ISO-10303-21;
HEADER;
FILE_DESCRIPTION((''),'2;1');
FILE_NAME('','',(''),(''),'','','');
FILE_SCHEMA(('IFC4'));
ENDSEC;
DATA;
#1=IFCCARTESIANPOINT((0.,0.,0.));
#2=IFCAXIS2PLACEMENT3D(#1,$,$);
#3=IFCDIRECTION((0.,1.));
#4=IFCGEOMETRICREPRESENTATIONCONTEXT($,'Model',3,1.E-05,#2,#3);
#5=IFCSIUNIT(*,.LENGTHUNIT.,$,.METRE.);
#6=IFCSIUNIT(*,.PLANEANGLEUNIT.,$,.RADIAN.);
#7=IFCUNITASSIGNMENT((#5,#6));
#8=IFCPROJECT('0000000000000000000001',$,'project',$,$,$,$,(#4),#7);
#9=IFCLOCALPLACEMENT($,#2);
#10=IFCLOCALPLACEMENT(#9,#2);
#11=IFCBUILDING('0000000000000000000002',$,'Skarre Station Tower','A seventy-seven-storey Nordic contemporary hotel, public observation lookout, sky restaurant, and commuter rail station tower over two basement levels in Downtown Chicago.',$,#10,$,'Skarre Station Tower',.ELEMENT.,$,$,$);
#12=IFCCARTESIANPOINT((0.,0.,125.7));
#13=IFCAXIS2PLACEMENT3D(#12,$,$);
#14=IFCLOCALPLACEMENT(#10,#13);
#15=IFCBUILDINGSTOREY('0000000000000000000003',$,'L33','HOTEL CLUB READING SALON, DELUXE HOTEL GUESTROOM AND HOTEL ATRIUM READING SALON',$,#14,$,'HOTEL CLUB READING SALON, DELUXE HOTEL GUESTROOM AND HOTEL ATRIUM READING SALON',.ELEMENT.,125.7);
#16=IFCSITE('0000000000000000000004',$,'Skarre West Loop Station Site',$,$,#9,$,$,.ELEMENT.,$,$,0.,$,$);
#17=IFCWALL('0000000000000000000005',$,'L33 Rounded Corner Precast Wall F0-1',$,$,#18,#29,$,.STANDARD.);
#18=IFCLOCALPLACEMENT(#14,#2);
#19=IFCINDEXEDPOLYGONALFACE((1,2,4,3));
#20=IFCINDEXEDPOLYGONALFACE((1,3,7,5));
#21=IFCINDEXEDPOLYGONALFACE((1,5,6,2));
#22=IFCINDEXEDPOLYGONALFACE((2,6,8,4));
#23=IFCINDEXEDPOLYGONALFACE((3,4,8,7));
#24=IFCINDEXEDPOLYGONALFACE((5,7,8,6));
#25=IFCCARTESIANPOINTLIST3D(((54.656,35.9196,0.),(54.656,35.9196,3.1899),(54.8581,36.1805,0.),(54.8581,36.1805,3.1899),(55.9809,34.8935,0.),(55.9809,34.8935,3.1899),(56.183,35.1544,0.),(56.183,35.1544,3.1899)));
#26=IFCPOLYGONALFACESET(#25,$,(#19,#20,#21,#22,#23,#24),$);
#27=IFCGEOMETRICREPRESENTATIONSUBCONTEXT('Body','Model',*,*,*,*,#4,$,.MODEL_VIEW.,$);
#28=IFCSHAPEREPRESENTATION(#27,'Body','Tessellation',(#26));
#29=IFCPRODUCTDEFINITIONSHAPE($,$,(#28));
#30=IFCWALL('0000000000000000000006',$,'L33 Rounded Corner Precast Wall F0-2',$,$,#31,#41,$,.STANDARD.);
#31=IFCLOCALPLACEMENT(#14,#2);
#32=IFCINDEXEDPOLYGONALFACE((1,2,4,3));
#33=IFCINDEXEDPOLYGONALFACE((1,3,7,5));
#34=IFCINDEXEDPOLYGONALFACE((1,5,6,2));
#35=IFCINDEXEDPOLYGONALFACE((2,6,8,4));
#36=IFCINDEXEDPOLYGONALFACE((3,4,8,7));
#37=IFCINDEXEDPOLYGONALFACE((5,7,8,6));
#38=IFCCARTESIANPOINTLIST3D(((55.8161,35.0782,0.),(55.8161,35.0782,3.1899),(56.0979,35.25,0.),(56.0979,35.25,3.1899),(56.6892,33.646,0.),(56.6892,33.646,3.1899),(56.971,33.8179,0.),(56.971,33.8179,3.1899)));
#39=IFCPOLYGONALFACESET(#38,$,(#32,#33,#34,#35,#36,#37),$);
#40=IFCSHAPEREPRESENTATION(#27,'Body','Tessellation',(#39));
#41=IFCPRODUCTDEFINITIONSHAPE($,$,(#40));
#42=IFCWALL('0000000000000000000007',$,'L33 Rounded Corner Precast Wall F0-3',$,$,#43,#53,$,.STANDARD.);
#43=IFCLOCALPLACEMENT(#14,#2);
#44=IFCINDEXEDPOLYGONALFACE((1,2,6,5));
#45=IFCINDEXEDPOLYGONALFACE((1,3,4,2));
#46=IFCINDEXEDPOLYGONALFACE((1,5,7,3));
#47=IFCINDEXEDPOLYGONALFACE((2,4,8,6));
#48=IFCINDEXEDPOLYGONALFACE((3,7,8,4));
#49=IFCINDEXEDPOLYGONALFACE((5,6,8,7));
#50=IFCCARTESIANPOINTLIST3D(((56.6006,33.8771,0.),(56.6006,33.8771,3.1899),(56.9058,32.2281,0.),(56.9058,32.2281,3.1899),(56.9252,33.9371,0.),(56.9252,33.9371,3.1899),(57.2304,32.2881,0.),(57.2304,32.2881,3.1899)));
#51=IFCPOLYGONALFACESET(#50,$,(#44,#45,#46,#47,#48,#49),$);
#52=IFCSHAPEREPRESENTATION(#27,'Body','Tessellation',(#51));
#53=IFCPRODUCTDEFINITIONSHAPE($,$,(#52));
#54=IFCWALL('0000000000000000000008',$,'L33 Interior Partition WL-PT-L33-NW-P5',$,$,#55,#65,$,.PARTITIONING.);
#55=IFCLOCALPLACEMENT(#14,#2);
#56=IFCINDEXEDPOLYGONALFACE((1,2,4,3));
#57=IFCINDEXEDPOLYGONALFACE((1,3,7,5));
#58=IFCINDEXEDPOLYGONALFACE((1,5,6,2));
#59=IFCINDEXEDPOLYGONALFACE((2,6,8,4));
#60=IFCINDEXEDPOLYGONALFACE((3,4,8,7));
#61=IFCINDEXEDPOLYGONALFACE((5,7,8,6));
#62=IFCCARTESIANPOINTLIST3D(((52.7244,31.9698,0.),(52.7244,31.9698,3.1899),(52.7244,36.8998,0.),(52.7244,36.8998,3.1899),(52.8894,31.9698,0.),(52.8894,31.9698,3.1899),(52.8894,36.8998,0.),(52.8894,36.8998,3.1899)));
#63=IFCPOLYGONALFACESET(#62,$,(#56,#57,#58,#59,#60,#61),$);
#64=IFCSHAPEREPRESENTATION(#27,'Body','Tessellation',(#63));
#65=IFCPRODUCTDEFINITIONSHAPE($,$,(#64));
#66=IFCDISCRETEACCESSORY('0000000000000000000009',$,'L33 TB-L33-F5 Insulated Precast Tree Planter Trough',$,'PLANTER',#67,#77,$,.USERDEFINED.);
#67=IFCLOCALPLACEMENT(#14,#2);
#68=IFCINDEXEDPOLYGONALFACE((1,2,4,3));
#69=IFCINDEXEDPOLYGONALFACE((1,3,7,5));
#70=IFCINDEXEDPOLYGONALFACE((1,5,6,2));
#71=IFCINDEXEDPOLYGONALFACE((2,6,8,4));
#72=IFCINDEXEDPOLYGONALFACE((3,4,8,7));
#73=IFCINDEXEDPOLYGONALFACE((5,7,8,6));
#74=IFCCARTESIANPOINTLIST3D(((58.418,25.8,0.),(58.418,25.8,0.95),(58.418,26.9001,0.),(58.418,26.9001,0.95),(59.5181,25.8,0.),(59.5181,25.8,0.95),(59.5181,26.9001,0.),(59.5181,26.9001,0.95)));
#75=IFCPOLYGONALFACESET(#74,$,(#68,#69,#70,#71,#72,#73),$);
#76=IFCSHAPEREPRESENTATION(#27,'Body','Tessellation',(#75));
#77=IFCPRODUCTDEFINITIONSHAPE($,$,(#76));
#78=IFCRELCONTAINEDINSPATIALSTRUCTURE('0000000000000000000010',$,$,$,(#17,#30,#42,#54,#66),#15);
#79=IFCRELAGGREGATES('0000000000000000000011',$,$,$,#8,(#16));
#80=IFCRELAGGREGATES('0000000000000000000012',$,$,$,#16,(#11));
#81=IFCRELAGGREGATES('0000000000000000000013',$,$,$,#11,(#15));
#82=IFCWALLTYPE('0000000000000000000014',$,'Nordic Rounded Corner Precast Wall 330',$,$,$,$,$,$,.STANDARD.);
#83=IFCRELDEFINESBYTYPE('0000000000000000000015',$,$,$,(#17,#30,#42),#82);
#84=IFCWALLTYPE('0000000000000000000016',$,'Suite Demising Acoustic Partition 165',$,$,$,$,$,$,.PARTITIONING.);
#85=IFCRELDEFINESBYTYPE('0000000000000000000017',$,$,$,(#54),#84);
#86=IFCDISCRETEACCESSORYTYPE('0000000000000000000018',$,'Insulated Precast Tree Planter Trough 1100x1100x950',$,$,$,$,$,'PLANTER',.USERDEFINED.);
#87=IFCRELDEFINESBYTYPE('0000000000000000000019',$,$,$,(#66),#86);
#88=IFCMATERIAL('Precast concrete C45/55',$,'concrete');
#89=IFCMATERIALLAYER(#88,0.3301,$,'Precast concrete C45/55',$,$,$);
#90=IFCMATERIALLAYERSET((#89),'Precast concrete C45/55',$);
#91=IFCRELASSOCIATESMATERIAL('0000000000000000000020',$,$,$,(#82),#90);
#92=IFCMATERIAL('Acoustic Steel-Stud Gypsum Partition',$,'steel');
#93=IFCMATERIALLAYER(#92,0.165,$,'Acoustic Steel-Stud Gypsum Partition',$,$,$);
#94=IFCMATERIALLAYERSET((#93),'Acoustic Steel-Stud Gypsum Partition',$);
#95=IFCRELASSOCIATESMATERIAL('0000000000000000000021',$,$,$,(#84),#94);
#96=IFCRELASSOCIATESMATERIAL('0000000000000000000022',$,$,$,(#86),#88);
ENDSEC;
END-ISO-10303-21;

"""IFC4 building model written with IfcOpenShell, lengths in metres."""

from ifc_helpers import new_model, si_unit, direction, frame, frame_2d, origin, origin_2d, place, context, subcontext, project, spatial, rectangle, extrude, material, layer, layer_set, type_object, element, save


model = new_model("IFC4")

# Units and contexts
model_context = context("Model", 3, precision=1e-05, world=origin(), true_north=direction((0.0, 1.0)))
body_context = subcontext(model_context, "Body", "Model", "MODEL_VIEW")
ifc_project = project(units=[si_unit("LENGTHUNIT", "METRE"), si_unit("PLANEANGLEUNIT", "RADIAN")], contexts=[model_context])

# Site, building, storey
site_placement = place(None, origin())
site = spatial("IfcSite", under=ifc_project, at=site_placement, Name="Skarre West Loop Station Site", CompositionType="ELEMENT", RefElevation=0.0)
building_placement = place(site_placement, origin())
building = spatial("IfcBuilding", under=site, at=building_placement, Name="Skarre Station Tower", Description="A seventy-seven-storey Nordic contemporary hotel, public observation lookout, sky restaurant, and commuter rail station tower over two basement levels in Downtown Chicago.", LongName="Skarre Station Tower", CompositionType="ELEMENT")
storey_placement = place(building_placement, frame((0.0, 0.0, 125.7)))
storey = spatial("IfcBuildingStorey", under=building, at=storey_placement, Name="L33", Description="HOTEL CLUB READING SALON, DELUXE HOTEL GUESTROOM AND HOTEL ATRIUM READING SALON", LongName="HOTEL CLUB READING SALON, DELUXE HOTEL GUESTROOM AND HOTEL ATRIUM READING SALON", CompositionType="ELEMENT", Elevation=125.7)

# Shared definitions
ifc_material_1 = material(Name="Acoustic Steel-Stud Gypsum Partition", Category="steel")

# Shared definitions
ifc_material_2 = material(Name="Precast concrete C45/55", Category="concrete")

# Walls
ifc_layer_1 = layer(ifc_material_2, 0.3301, Name="Precast concrete C45/55")
ifc_layer_set_1 = layer_set([ifc_layer_1], Name="Precast concrete C45/55")
wall_type_1 = type_object("IfcWallType", Name="Nordic Rounded Corner Precast Wall 330", PredefinedType="STANDARD", material=ifc_layer_set_1)
wall_1_placement = place(storey_placement, frame((54.7571, 36.05, 0.0), z_axis=(0.0, 0.0, 1.0), x_axis=(0.790621, -0.612305, 0.0)))
element("IfcWall", 1, at=wall_1_placement, inside=storey, type_object=wall_type_1, Name="L33 Rounded Corner Precast Wall F0-1", PredefinedType="STANDARD", context=body_context, shape_type="SweptSolid", body=[
    extrude(rectangle(XDim=1.6758, YDim=0.3301, at=frame_2d((0.8379, 0.0))), origin(), (0.0, 0.0, 1.0), 3.1899),
])
wall_2_placement = place(storey_placement, frame((55.957, 35.1641, 0.0), z_axis=(0.0, 0.0, 1.0), x_axis=(0.520519, -0.85385, 0.0)))
element("IfcWall", 2, at=wall_2_placement, inside=storey, type_object=wall_type_1, Name="L33 Rounded Corner Precast Wall F0-2", PredefinedType="STANDARD", context=body_context, shape_type="SweptSolid", body=[
    extrude(rectangle(XDim=1.6772, YDim=0.3301, at=frame_2d((0.8386, 0.0))), origin(), (0.0, 0.0, 1.0), 3.1899),
])
wall_3_placement = place(storey_placement, frame((56.7629, 33.907, 0.0), z_axis=(0.0, 0.0, 1.0), x_axis=(0.181985, -0.983301, 0.0)))
element("IfcWall", 3, at=wall_3_placement, inside=storey, type_object=wall_type_1, Name="L33 Rounded Corner Precast Wall F0-3", PredefinedType="STANDARD", context=body_context, shape_type="SweptSolid", body=[
    extrude(rectangle(XDim=1.677, YDim=0.3301, at=frame_2d((0.8384, 0.0))), origin(), (0.0, 0.0, 1.0), 3.1899),
])
ifc_layer_2 = layer(ifc_material_1, 0.165, Name="Acoustic Steel-Stud Gypsum Partition")
ifc_layer_set_2 = layer_set([ifc_layer_2], Name="Acoustic Steel-Stud Gypsum Partition")
wall_type_2 = type_object("IfcWallType", Name="Suite Demising Acoustic Partition 165", PredefinedType="PARTITIONING", material=ifc_layer_set_2)
wall_4_placement = place(storey_placement, frame((52.8069, 31.97, 0.0), z_axis=(0.0, 0.0, 1.0), x_axis=(0.0, 1.0, 0.0)))
element("IfcWall", 4, at=wall_4_placement, inside=storey, type_object=wall_type_2, Name="L33 Interior Partition WL-PT-L33-NW-P5", PredefinedType="PARTITIONING", context=body_context, shape_type="SweptSolid", body=[
    extrude(rectangle(XDim=4.9299, YDim=0.165, at=frame_2d((2.4648, 0.0))), origin(), (0.0, 0.0, 1.0), 3.1899),
])

# Discrete accessory
discrete_accessory_type = type_object("IfcDiscreteAccessoryType", Name="Insulated Precast Tree Planter Trough 1100x1100x950", ElementType="PLANTER", PredefinedType="USERDEFINED", material=ifc_material_2)
discrete_accessory_placement = place(storey_placement, frame((58.968, 26.3501, 0.0), z_axis=(0.0, 0.0, 1.0), x_axis=(1.0, 0.0, 0.0)))
element("IfcDiscreteAccessory", 5, at=discrete_accessory_placement, inside=storey, type_object=discrete_accessory_type, Name="L33 TB-L33-F5 Insulated Precast Tree Planter Trough", ObjectType="PLANTER", PredefinedType="USERDEFINED", context=body_context, shape_type="SweptSolid", body=[
    extrude(rectangle(XDim=1.1001, YDim=1.1001, at=origin_2d()), origin(), (0.0, 0.0, 1.0), 0.95),
])

save(model, "model.ifc")
